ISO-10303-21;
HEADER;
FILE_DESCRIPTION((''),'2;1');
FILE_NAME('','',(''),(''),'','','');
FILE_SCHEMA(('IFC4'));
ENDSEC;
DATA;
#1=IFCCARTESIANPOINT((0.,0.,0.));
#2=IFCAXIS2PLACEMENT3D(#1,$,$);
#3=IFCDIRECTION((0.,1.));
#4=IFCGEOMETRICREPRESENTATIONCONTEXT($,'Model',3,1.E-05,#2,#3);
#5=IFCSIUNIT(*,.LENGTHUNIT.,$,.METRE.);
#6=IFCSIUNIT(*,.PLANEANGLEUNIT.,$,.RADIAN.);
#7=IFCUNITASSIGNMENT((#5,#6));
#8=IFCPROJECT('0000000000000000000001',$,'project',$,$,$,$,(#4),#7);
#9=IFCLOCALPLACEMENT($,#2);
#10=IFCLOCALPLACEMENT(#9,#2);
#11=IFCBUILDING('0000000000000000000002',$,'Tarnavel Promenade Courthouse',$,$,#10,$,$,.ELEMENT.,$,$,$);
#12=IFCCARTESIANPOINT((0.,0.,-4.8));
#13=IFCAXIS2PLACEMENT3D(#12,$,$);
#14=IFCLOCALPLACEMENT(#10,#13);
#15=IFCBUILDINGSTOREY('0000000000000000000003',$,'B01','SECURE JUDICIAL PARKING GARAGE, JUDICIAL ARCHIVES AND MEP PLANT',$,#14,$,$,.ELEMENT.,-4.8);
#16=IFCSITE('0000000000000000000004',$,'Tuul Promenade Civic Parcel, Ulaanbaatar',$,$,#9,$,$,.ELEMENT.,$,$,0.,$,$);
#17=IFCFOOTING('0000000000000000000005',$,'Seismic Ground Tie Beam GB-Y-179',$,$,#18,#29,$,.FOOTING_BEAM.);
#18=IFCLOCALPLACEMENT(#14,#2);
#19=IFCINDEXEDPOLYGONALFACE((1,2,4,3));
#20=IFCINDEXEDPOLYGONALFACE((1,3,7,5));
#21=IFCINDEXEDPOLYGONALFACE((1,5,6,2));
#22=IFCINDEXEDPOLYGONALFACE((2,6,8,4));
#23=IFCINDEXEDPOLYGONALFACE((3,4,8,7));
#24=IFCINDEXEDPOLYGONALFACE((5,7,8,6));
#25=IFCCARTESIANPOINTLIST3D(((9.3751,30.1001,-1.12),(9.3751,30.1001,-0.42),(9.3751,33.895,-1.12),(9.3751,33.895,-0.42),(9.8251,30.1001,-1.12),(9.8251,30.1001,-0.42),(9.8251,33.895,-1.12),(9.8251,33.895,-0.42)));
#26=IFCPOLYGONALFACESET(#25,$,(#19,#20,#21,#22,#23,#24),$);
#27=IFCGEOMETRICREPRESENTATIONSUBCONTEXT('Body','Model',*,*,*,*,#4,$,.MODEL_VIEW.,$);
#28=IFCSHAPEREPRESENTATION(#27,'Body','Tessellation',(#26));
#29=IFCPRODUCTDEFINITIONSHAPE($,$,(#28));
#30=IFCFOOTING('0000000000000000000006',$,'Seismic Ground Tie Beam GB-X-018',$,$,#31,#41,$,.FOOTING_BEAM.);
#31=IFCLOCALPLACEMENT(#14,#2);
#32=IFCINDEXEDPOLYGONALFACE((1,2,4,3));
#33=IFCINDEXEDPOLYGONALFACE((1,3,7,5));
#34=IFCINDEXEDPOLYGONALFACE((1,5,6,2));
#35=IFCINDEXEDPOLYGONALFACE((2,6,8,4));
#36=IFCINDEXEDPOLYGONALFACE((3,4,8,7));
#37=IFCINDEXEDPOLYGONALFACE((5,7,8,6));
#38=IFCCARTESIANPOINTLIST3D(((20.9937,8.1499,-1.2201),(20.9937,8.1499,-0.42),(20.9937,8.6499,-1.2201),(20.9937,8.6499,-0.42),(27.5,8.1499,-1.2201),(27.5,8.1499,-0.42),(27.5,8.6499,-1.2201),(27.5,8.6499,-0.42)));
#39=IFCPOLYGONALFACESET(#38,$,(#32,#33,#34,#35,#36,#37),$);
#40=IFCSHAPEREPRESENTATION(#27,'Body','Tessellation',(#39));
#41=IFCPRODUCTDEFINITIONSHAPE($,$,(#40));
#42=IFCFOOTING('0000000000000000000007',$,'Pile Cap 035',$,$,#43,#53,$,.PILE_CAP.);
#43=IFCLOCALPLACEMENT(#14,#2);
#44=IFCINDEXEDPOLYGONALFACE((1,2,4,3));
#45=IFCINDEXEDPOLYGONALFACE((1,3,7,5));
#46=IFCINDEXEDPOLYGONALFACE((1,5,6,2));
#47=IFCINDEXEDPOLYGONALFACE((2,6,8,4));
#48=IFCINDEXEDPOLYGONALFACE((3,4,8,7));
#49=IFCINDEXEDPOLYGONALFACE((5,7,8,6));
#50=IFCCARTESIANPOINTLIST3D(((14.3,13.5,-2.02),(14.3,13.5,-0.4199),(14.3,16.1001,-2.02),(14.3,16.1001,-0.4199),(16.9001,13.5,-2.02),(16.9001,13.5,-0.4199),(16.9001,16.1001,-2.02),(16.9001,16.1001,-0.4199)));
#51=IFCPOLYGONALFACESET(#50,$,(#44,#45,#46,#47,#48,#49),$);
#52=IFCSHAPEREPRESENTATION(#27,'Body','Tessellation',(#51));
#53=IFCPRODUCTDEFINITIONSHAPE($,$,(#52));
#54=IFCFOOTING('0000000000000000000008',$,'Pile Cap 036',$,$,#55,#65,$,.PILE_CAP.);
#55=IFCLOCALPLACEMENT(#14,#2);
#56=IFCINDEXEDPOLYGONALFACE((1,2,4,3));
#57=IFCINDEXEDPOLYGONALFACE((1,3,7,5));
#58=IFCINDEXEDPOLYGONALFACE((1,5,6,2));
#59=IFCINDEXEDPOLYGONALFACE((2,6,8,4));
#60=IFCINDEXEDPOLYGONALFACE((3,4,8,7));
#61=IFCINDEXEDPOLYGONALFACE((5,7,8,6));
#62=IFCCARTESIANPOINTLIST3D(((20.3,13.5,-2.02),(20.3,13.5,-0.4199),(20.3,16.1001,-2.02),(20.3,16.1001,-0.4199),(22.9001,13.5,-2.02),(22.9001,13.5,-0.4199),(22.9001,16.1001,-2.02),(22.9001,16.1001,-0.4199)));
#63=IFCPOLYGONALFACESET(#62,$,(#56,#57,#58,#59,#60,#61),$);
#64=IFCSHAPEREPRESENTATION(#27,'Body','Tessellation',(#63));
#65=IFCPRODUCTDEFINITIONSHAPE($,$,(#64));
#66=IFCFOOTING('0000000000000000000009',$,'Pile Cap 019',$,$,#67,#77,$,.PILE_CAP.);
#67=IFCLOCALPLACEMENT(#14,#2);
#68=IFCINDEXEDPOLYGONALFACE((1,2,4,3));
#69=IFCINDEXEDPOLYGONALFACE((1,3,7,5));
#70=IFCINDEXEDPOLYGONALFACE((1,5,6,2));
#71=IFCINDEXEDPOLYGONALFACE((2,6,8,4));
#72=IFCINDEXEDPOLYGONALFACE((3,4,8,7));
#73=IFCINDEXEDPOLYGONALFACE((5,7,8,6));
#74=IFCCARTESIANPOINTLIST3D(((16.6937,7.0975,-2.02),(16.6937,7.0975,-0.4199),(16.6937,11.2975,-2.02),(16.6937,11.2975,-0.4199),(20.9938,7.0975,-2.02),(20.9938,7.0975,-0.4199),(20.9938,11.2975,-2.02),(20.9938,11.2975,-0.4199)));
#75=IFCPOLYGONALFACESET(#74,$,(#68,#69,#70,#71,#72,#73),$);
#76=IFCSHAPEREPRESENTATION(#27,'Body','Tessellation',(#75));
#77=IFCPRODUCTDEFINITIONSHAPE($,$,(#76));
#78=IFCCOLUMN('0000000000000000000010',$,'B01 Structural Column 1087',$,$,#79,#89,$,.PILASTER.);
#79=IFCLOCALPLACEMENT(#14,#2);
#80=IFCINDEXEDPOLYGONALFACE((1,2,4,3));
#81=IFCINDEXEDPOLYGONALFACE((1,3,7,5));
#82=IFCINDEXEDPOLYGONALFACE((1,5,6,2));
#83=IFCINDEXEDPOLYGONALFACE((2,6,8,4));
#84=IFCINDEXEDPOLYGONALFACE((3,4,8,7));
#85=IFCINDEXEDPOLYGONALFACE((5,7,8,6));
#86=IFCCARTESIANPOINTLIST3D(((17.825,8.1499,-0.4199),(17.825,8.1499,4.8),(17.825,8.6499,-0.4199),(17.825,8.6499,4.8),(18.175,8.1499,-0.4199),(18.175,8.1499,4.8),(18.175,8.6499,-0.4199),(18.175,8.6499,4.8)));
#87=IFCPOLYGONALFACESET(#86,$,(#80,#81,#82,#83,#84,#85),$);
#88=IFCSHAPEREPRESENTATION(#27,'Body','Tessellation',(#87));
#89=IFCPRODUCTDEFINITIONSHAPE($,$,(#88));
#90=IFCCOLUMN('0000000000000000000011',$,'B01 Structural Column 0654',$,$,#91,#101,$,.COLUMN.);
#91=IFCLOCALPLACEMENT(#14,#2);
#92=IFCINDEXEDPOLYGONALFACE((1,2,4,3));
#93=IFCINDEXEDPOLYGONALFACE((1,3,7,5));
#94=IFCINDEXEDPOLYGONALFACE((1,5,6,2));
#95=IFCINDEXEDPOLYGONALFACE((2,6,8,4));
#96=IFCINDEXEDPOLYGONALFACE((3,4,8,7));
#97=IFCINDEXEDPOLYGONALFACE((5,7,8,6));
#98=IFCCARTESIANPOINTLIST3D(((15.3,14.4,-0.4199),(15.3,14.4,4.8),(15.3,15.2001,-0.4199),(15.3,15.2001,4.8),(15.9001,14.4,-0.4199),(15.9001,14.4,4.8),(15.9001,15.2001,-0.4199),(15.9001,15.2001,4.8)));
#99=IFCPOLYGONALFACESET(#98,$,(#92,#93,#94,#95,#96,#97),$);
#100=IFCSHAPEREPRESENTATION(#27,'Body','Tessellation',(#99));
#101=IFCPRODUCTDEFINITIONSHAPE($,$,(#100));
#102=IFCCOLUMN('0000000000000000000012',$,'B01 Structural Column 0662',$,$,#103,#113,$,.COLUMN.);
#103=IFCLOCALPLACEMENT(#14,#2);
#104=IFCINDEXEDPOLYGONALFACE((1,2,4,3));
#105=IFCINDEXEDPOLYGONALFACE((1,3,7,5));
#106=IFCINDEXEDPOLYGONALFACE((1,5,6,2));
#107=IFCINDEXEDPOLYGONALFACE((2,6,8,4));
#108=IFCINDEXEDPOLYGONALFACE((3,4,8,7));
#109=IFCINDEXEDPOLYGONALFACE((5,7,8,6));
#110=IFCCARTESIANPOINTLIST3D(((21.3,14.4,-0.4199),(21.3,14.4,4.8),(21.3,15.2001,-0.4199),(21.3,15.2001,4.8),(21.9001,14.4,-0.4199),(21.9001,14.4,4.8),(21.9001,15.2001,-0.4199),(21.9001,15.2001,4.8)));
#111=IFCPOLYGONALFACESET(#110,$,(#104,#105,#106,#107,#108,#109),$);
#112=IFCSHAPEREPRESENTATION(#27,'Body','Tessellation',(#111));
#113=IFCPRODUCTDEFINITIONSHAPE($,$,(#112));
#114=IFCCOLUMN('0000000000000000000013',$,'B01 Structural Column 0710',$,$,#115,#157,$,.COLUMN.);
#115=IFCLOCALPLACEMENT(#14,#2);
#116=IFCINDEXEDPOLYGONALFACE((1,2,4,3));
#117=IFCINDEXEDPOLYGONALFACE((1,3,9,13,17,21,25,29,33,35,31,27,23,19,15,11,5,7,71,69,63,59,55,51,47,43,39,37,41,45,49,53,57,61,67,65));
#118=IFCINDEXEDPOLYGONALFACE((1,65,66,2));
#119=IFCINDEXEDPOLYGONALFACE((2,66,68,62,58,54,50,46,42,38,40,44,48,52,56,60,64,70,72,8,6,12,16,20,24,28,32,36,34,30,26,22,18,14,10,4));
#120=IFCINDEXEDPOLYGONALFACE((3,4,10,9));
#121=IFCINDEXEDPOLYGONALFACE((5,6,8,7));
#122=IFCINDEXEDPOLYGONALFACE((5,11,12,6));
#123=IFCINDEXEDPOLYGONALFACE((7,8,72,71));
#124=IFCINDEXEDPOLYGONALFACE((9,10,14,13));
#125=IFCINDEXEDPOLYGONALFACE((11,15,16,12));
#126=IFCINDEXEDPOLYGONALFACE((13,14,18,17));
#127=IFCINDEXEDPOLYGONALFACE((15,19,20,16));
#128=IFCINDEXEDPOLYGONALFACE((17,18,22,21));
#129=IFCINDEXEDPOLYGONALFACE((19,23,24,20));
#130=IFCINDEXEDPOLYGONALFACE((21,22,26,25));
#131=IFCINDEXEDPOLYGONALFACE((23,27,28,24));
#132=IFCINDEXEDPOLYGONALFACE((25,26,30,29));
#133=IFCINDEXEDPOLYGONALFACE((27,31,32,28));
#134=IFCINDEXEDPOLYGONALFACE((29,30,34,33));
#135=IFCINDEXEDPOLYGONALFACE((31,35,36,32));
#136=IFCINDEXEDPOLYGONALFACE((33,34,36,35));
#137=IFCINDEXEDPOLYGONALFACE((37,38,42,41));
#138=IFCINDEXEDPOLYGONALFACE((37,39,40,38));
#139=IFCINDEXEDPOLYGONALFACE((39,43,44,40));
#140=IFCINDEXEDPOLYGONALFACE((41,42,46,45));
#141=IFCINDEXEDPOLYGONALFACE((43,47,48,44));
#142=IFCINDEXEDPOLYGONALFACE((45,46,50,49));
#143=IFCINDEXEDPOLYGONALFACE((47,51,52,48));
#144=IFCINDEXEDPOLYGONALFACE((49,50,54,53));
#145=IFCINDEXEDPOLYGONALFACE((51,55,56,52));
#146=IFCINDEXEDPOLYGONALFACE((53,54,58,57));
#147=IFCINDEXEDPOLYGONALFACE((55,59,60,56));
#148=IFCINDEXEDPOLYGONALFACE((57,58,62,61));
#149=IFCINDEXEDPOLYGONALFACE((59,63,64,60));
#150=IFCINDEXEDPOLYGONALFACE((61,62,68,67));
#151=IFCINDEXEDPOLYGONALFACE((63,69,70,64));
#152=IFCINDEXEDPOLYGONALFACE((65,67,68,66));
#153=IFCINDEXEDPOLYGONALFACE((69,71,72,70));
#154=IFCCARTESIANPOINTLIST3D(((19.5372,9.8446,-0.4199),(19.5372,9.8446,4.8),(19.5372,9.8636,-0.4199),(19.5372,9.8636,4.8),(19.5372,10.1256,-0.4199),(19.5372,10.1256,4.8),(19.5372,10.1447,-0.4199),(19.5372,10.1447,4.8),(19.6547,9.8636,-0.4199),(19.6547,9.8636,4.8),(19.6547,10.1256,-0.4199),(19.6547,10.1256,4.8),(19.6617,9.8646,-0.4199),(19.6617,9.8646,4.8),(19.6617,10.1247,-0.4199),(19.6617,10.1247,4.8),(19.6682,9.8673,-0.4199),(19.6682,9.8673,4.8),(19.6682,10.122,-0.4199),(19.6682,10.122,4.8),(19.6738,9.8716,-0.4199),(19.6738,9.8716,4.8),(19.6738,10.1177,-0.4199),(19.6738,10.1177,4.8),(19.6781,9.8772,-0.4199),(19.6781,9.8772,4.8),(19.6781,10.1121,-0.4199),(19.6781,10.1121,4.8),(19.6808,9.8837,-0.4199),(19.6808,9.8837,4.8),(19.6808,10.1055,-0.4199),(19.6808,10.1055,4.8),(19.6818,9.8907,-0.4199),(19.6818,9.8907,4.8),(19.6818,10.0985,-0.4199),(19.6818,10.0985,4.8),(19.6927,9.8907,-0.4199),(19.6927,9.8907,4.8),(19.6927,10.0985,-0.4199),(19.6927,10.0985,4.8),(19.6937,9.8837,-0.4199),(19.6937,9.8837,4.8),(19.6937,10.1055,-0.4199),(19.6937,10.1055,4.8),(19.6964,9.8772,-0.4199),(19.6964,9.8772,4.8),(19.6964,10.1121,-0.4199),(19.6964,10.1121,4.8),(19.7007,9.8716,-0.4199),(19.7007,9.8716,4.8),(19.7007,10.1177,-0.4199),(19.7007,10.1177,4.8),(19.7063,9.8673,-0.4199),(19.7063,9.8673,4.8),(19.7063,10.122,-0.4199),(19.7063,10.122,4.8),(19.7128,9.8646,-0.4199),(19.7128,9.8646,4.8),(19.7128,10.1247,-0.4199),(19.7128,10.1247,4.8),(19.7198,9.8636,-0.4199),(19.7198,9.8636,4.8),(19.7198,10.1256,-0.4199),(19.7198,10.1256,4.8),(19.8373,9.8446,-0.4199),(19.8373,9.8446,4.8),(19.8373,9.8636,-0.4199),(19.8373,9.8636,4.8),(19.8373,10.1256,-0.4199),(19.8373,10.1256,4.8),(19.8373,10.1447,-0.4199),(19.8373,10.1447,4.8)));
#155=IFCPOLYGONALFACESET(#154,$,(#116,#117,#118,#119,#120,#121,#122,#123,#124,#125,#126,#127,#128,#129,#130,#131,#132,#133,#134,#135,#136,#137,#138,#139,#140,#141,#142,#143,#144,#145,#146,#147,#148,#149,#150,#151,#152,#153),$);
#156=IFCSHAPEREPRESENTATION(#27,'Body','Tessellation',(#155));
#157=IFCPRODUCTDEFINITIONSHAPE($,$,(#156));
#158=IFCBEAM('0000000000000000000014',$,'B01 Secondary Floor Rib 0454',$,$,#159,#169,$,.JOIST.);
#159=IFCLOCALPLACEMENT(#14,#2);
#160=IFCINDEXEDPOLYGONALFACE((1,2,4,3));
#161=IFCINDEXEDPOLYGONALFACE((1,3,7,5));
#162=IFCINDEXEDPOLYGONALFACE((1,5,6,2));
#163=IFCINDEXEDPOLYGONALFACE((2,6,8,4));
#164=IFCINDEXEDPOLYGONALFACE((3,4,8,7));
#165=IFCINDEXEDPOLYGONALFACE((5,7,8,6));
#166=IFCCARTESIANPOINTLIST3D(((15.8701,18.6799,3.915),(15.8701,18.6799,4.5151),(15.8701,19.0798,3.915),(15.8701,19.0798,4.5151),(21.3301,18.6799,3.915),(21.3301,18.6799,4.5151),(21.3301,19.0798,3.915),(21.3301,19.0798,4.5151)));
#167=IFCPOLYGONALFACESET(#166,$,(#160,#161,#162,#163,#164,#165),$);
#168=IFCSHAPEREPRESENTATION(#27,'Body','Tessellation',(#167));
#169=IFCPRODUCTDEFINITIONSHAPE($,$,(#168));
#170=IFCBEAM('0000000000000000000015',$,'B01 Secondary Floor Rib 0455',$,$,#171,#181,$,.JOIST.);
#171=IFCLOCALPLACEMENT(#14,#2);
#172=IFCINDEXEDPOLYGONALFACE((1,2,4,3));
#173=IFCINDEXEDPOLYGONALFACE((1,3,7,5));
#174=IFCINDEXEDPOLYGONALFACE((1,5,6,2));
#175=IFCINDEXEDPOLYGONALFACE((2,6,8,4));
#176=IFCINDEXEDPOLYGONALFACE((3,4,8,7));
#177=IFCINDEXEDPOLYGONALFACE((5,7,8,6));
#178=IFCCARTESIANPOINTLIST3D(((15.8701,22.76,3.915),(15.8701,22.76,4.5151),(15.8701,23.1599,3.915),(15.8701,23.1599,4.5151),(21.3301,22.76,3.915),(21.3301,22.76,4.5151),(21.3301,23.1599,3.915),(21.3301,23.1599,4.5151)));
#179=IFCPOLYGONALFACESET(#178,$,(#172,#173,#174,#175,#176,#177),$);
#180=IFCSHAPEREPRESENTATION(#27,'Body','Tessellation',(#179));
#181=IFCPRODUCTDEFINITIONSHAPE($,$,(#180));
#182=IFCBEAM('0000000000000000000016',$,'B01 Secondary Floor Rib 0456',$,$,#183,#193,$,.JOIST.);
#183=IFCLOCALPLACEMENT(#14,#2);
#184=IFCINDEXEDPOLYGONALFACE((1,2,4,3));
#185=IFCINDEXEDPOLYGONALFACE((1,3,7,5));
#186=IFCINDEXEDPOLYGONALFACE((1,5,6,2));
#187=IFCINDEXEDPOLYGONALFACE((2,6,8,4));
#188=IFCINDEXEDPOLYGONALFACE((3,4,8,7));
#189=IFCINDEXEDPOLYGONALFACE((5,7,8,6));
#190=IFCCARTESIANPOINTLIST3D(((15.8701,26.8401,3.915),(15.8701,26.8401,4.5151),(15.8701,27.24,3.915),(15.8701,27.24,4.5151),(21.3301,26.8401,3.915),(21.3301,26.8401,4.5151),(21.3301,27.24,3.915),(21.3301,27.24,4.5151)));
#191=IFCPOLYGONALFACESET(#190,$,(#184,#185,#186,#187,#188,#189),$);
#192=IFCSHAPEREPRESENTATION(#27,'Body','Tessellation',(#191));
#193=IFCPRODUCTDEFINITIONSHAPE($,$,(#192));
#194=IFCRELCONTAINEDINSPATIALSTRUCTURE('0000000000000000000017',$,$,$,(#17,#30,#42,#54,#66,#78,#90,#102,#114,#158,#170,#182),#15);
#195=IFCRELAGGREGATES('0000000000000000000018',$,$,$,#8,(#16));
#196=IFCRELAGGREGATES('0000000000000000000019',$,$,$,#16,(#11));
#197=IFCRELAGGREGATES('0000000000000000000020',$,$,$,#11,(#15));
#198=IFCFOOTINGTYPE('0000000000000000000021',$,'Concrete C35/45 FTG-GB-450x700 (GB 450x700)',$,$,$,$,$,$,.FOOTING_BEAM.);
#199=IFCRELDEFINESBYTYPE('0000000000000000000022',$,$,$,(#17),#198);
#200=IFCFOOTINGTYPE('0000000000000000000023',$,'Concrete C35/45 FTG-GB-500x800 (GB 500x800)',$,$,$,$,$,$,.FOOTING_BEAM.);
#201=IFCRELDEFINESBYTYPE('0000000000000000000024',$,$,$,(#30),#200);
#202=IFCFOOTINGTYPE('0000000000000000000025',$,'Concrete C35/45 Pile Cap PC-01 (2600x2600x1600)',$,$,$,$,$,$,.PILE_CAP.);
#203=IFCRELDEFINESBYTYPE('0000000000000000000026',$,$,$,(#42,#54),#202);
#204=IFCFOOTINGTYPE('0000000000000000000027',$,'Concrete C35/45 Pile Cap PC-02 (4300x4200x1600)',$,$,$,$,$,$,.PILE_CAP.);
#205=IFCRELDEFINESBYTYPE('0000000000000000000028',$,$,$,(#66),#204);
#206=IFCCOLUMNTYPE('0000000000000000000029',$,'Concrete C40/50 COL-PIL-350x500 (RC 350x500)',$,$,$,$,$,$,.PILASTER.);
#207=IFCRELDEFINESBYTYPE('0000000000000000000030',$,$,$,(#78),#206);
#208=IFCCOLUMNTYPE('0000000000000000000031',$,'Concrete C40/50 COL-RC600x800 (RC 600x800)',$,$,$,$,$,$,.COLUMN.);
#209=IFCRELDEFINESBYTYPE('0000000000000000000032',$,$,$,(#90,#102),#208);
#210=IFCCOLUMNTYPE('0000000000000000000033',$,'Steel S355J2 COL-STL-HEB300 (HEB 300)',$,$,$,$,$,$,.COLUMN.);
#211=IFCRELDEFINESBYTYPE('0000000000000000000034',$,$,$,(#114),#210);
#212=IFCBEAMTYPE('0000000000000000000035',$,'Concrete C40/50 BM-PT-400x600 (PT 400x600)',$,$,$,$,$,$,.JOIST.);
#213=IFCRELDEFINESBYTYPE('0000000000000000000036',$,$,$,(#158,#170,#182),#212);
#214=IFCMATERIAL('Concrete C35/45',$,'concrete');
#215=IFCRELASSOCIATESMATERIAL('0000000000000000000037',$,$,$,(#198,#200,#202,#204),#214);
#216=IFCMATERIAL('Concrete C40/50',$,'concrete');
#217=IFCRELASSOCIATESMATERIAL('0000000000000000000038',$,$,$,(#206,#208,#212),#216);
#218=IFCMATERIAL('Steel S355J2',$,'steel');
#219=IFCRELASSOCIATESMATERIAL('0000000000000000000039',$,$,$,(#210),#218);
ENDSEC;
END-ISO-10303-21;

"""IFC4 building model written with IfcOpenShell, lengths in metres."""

from ifc_helpers import new_model, si_unit, direction, frame, origin, origin_2d, place, context, subcontext, project, spatial, rectangle, i_section, extrude, material, material_profile, profile_set, type_object, element, save


model = new_model("IFC4")

# Units and contexts
model_context = context("Model", 3, precision=1e-05, world=origin(), true_north=direction((0.0, 1.0)))
body_context = subcontext(model_context, "Body", "Model", "MODEL_VIEW")
ifc_project = project(units=[si_unit("LENGTHUNIT", "METRE"), si_unit("PLANEANGLEUNIT", "RADIAN")], contexts=[model_context])

# Site, building, storey
site_placement = place(None, origin())
site = spatial("IfcSite", under=ifc_project, at=site_placement, Name="Tuul Promenade Civic Parcel, Ulaanbaatar", CompositionType="ELEMENT", RefElevation=0.0)
building_placement = place(site_placement, origin())
building = spatial("IfcBuilding", under=site, at=building_placement, Name="Tarnavel Promenade Courthouse", CompositionType="ELEMENT")
storey_placement = place(building_placement, frame((0.0, 0.0, -4.8)))
storey = spatial("IfcBuildingStorey", under=building, at=storey_placement, Name="B01", Description="SECURE JUDICIAL PARKING GARAGE, JUDICIAL ARCHIVES AND MEP PLANT", CompositionType="ELEMENT", Elevation=-4.8)

# Footings
ifc_material_1 = material(Name="Concrete C35/45", Category="concrete")
ifc_material_profile_1 = material_profile(ifc_material_1, rectangle(XDim=0.45, YDim=0.7, at=origin_2d()), Name="GB 450x700")
ifc_profile_set_1 = profile_set([ifc_material_profile_1], Name="Concrete C35/45")
footing_type_1 = type_object("IfcFootingType", Name="Concrete C35/45 FTG-GB-450x700 (GB 450x700)", PredefinedType="FOOTING_BEAM", material=ifc_profile_set_1)
footing_1_placement = place(storey_placement, frame((9.6001, 30.1001, -0.77), z_axis=(0.0, 1.0, 0.0), x_axis=(-1.0, 0.0, 0.0)))
element("IfcFooting", 1, at=footing_1_placement, inside=storey, type_object=footing_type_1, Name="Seismic Ground Tie Beam GB-Y-179", PredefinedType="FOOTING_BEAM", context=body_context, shape_type="SweptSolid", body=[
    extrude(rectangle(XDim=0.45, YDim=0.7, at=origin_2d()), origin(), (0.0, 0.0, 1.0), 3.7949),
])
ifc_material_profile_2 = material_profile(ifc_material_1, rectangle(XDim=0.5, YDim=0.8, at=origin_2d()), Name="GB 500x800")
ifc_profile_set_2 = profile_set([ifc_material_profile_2], Name="Concrete C35/45")
footing_type_2 = type_object("IfcFootingType", Name="Concrete C35/45 FTG-GB-500x800 (GB 500x800)", PredefinedType="FOOTING_BEAM", material=ifc_profile_set_2)
footing_2_placement = place(storey_placement, frame((20.9937, 8.3999, -0.8201), z_axis=(1.0, 0.0, 0.0), x_axis=(0.0, 1.0, 0.0)))
element("IfcFooting", 2, at=footing_2_placement, inside=storey, type_object=footing_type_2, Name="Seismic Ground Tie Beam GB-X-018", PredefinedType="FOOTING_BEAM", context=body_context, shape_type="SweptSolid", body=[
    extrude(rectangle(XDim=0.5, YDim=0.8, at=origin_2d()), origin(), (0.0, 0.0, 1.0), 6.5063),
])
footing_type_3 = type_object("IfcFootingType", Name="Concrete C35/45 Pile Cap PC-01 (2600x2600x1600)", PredefinedType="PILE_CAP", material=ifc_material_1)
for number, where, z_axis, x_axis, name in (
    (3, (15.6001, 14.8, -2.02), (0.0, 0.0, 1.0), (1.0, 0.0, 0.0), "Pile Cap 035"),
    (4, (21.6001, 14.8, -2.02), (0.0, 0.0, 1.0), (1.0, 0.0, 0.0), "Pile Cap 036"),
):
    element("IfcFooting", number, at=place(storey_placement, frame(where, z_axis=z_axis, x_axis=x_axis)), inside=storey, type_object=footing_type_3, Name=name, PredefinedType="PILE_CAP", context=body_context, shape_type="SweptSolid", body=[
        extrude(rectangle(XDim=2.6001, YDim=2.6001, at=origin_2d()), origin(), (0.0, 0.0, 1.0), 1.6001),
    ])
footing_type_4 = type_object("IfcFootingType", Name="Concrete C35/45 Pile Cap PC-02 (4300x4200x1600)", PredefinedType="PILE_CAP", material=ifc_material_1)
footing_3_placement = place(storey_placement, frame((18.8438, 9.1975, -2.02), z_axis=(0.0, 0.0, 1.0), x_axis=(1.0, 0.0, 0.0)))
element("IfcFooting", 5, at=footing_3_placement, inside=storey, type_object=footing_type_4, Name="Pile Cap 019", PredefinedType="PILE_CAP", context=body_context, shape_type="SweptSolid", body=[
    extrude(rectangle(XDim=4.3, YDim=4.2, at=origin_2d()), origin(), (0.0, 0.0, 1.0), 1.6001),
])

# Columns
ifc_material_2 = material(Name="Concrete C40/50", Category="concrete")
ifc_material_profile_3 = material_profile(ifc_material_2, rectangle(XDim=0.3501, YDim=0.5, at=origin_2d()), Name="RC 350x500")
ifc_profile_set_3 = profile_set([ifc_material_profile_3], Name="Concrete C40/50")
column_type_1 = type_object("IfcColumnType", Name="Concrete C40/50 COL-PIL-350x500 (RC 350x500)", PredefinedType="PILASTER", material=ifc_profile_set_3)
column_1_placement = place(storey_placement, frame((18.0, 8.3999, -0.4199), z_axis=(0.0, 0.0, 1.0), x_axis=(1.0, 0.0, 0.0)))
element("IfcColumn", 6, at=column_1_placement, inside=storey, type_object=column_type_1, Name="B01 Structural Column 1087", PredefinedType="PILASTER", context=body_context, shape_type="SweptSolid", body=[
    extrude(rectangle(XDim=0.3501, YDim=0.5, at=origin_2d()), origin(), (0.0, 0.0, 1.0), 5.22),
])
ifc_material_profile_4 = material_profile(ifc_material_2, rectangle(XDim=0.6001, YDim=0.8, at=origin_2d()), Name="RC 600x800")
ifc_profile_set_4 = profile_set([ifc_material_profile_4], Name="Concrete C40/50")
column_type_2 = type_object("IfcColumnType", Name="Concrete C40/50 COL-RC600x800 (RC 600x800)", PredefinedType="COLUMN", material=ifc_profile_set_4)
for number, where, z_axis, x_axis, name in (
    (7, (15.6001, 14.8, -0.4199), (0.0, 0.0, 1.0), (1.0, 0.0, 0.0), "B01 Structural Column 0654"),
    (8, (21.6001, 14.8, -0.4199), (0.0, 0.0, 1.0), (1.0, 0.0, 0.0), "B01 Structural Column 0662"),
):
    element("IfcColumn", number, at=place(storey_placement, frame(where, z_axis=z_axis, x_axis=x_axis)), inside=storey, type_object=column_type_2, Name=name, PredefinedType="COLUMN", context=body_context, shape_type="SweptSolid", body=[
        extrude(rectangle(XDim=0.6001, YDim=0.8, at=origin_2d()), origin(), (0.0, 0.0, 1.0), 5.22),
    ])
ifc_material_3 = material(Name="Steel S355J2", Category="steel")
ifc_material_profile_5 = material_profile(ifc_material_3, i_section(OverallWidth=0.3, OverallDepth=0.3, WebThickness=0.011, FlangeThickness=0.019, FilletRadius=0.0271, at=origin_2d()), Name="HEB 300")
ifc_profile_set_5 = profile_set([ifc_material_profile_5], Name="Steel S355J2")
column_type_3 = type_object("IfcColumnType", Name="Steel S355J2 COL-STL-HEB300 (HEB 300)", PredefinedType="COLUMN", material=ifc_profile_set_5)
column_2_placement = place(storey_placement, frame((19.6873, 9.9946, -0.4199), z_axis=(0.0, 0.0, 1.0), x_axis=(1.0, 0.0, 0.0)))
element("IfcColumn", 9, at=column_2_placement, inside=storey, type_object=column_type_3, Name="B01 Structural Column 0710", PredefinedType="COLUMN", context=body_context, shape_type="SweptSolid", body=[
    extrude(i_section(OverallWidth=0.3, OverallDepth=0.3, WebThickness=0.011, FlangeThickness=0.019, FilletRadius=0.0271, at=origin_2d()), origin(), (0.0, 0.0, 1.0), 5.22),
])

# Beams
ifc_material_profile_6 = material_profile(ifc_material_2, rectangle(XDim=0.3999, YDim=0.6001, at=origin_2d()), Name="PT 400x600")
ifc_profile_set_6 = profile_set([ifc_material_profile_6], Name="Concrete C40/50")
beam_type_1 = type_object("IfcBeamType", Name="Concrete C40/50 BM-PT-400x600 (PT 400x600)", PredefinedType="JOIST", material=ifc_profile_set_6)
for number, where, z_axis, x_axis, name in (
    (10, (15.8701, 18.8799, 4.2151), (1.0, 0.0, 0.0), (0.0, 1.0, 0.0), "B01 Secondary Floor Rib 0454"),
    (11, (15.8701, 22.96, 4.2151), (1.0, 0.0, 0.0), (0.0, 1.0, 0.0), "B01 Secondary Floor Rib 0455"),
    (12, (15.8701, 27.04, 4.2151), (1.0, 0.0, 0.0), (0.0, 1.0, 0.0), "B01 Secondary Floor Rib 0456"),
):
    element("IfcBeam", number, at=place(storey_placement, frame(where, z_axis=z_axis, x_axis=x_axis)), inside=storey, type_object=beam_type_1, Name=name, PredefinedType="JOIST", context=body_context, shape_type="SweptSolid", body=[
        extrude(rectangle(XDim=0.3999, YDim=0.6001, at=origin_2d()), origin(), (0.0, 0.0, 1.0), 5.46),
    ])

save(model, "model.ifc")
